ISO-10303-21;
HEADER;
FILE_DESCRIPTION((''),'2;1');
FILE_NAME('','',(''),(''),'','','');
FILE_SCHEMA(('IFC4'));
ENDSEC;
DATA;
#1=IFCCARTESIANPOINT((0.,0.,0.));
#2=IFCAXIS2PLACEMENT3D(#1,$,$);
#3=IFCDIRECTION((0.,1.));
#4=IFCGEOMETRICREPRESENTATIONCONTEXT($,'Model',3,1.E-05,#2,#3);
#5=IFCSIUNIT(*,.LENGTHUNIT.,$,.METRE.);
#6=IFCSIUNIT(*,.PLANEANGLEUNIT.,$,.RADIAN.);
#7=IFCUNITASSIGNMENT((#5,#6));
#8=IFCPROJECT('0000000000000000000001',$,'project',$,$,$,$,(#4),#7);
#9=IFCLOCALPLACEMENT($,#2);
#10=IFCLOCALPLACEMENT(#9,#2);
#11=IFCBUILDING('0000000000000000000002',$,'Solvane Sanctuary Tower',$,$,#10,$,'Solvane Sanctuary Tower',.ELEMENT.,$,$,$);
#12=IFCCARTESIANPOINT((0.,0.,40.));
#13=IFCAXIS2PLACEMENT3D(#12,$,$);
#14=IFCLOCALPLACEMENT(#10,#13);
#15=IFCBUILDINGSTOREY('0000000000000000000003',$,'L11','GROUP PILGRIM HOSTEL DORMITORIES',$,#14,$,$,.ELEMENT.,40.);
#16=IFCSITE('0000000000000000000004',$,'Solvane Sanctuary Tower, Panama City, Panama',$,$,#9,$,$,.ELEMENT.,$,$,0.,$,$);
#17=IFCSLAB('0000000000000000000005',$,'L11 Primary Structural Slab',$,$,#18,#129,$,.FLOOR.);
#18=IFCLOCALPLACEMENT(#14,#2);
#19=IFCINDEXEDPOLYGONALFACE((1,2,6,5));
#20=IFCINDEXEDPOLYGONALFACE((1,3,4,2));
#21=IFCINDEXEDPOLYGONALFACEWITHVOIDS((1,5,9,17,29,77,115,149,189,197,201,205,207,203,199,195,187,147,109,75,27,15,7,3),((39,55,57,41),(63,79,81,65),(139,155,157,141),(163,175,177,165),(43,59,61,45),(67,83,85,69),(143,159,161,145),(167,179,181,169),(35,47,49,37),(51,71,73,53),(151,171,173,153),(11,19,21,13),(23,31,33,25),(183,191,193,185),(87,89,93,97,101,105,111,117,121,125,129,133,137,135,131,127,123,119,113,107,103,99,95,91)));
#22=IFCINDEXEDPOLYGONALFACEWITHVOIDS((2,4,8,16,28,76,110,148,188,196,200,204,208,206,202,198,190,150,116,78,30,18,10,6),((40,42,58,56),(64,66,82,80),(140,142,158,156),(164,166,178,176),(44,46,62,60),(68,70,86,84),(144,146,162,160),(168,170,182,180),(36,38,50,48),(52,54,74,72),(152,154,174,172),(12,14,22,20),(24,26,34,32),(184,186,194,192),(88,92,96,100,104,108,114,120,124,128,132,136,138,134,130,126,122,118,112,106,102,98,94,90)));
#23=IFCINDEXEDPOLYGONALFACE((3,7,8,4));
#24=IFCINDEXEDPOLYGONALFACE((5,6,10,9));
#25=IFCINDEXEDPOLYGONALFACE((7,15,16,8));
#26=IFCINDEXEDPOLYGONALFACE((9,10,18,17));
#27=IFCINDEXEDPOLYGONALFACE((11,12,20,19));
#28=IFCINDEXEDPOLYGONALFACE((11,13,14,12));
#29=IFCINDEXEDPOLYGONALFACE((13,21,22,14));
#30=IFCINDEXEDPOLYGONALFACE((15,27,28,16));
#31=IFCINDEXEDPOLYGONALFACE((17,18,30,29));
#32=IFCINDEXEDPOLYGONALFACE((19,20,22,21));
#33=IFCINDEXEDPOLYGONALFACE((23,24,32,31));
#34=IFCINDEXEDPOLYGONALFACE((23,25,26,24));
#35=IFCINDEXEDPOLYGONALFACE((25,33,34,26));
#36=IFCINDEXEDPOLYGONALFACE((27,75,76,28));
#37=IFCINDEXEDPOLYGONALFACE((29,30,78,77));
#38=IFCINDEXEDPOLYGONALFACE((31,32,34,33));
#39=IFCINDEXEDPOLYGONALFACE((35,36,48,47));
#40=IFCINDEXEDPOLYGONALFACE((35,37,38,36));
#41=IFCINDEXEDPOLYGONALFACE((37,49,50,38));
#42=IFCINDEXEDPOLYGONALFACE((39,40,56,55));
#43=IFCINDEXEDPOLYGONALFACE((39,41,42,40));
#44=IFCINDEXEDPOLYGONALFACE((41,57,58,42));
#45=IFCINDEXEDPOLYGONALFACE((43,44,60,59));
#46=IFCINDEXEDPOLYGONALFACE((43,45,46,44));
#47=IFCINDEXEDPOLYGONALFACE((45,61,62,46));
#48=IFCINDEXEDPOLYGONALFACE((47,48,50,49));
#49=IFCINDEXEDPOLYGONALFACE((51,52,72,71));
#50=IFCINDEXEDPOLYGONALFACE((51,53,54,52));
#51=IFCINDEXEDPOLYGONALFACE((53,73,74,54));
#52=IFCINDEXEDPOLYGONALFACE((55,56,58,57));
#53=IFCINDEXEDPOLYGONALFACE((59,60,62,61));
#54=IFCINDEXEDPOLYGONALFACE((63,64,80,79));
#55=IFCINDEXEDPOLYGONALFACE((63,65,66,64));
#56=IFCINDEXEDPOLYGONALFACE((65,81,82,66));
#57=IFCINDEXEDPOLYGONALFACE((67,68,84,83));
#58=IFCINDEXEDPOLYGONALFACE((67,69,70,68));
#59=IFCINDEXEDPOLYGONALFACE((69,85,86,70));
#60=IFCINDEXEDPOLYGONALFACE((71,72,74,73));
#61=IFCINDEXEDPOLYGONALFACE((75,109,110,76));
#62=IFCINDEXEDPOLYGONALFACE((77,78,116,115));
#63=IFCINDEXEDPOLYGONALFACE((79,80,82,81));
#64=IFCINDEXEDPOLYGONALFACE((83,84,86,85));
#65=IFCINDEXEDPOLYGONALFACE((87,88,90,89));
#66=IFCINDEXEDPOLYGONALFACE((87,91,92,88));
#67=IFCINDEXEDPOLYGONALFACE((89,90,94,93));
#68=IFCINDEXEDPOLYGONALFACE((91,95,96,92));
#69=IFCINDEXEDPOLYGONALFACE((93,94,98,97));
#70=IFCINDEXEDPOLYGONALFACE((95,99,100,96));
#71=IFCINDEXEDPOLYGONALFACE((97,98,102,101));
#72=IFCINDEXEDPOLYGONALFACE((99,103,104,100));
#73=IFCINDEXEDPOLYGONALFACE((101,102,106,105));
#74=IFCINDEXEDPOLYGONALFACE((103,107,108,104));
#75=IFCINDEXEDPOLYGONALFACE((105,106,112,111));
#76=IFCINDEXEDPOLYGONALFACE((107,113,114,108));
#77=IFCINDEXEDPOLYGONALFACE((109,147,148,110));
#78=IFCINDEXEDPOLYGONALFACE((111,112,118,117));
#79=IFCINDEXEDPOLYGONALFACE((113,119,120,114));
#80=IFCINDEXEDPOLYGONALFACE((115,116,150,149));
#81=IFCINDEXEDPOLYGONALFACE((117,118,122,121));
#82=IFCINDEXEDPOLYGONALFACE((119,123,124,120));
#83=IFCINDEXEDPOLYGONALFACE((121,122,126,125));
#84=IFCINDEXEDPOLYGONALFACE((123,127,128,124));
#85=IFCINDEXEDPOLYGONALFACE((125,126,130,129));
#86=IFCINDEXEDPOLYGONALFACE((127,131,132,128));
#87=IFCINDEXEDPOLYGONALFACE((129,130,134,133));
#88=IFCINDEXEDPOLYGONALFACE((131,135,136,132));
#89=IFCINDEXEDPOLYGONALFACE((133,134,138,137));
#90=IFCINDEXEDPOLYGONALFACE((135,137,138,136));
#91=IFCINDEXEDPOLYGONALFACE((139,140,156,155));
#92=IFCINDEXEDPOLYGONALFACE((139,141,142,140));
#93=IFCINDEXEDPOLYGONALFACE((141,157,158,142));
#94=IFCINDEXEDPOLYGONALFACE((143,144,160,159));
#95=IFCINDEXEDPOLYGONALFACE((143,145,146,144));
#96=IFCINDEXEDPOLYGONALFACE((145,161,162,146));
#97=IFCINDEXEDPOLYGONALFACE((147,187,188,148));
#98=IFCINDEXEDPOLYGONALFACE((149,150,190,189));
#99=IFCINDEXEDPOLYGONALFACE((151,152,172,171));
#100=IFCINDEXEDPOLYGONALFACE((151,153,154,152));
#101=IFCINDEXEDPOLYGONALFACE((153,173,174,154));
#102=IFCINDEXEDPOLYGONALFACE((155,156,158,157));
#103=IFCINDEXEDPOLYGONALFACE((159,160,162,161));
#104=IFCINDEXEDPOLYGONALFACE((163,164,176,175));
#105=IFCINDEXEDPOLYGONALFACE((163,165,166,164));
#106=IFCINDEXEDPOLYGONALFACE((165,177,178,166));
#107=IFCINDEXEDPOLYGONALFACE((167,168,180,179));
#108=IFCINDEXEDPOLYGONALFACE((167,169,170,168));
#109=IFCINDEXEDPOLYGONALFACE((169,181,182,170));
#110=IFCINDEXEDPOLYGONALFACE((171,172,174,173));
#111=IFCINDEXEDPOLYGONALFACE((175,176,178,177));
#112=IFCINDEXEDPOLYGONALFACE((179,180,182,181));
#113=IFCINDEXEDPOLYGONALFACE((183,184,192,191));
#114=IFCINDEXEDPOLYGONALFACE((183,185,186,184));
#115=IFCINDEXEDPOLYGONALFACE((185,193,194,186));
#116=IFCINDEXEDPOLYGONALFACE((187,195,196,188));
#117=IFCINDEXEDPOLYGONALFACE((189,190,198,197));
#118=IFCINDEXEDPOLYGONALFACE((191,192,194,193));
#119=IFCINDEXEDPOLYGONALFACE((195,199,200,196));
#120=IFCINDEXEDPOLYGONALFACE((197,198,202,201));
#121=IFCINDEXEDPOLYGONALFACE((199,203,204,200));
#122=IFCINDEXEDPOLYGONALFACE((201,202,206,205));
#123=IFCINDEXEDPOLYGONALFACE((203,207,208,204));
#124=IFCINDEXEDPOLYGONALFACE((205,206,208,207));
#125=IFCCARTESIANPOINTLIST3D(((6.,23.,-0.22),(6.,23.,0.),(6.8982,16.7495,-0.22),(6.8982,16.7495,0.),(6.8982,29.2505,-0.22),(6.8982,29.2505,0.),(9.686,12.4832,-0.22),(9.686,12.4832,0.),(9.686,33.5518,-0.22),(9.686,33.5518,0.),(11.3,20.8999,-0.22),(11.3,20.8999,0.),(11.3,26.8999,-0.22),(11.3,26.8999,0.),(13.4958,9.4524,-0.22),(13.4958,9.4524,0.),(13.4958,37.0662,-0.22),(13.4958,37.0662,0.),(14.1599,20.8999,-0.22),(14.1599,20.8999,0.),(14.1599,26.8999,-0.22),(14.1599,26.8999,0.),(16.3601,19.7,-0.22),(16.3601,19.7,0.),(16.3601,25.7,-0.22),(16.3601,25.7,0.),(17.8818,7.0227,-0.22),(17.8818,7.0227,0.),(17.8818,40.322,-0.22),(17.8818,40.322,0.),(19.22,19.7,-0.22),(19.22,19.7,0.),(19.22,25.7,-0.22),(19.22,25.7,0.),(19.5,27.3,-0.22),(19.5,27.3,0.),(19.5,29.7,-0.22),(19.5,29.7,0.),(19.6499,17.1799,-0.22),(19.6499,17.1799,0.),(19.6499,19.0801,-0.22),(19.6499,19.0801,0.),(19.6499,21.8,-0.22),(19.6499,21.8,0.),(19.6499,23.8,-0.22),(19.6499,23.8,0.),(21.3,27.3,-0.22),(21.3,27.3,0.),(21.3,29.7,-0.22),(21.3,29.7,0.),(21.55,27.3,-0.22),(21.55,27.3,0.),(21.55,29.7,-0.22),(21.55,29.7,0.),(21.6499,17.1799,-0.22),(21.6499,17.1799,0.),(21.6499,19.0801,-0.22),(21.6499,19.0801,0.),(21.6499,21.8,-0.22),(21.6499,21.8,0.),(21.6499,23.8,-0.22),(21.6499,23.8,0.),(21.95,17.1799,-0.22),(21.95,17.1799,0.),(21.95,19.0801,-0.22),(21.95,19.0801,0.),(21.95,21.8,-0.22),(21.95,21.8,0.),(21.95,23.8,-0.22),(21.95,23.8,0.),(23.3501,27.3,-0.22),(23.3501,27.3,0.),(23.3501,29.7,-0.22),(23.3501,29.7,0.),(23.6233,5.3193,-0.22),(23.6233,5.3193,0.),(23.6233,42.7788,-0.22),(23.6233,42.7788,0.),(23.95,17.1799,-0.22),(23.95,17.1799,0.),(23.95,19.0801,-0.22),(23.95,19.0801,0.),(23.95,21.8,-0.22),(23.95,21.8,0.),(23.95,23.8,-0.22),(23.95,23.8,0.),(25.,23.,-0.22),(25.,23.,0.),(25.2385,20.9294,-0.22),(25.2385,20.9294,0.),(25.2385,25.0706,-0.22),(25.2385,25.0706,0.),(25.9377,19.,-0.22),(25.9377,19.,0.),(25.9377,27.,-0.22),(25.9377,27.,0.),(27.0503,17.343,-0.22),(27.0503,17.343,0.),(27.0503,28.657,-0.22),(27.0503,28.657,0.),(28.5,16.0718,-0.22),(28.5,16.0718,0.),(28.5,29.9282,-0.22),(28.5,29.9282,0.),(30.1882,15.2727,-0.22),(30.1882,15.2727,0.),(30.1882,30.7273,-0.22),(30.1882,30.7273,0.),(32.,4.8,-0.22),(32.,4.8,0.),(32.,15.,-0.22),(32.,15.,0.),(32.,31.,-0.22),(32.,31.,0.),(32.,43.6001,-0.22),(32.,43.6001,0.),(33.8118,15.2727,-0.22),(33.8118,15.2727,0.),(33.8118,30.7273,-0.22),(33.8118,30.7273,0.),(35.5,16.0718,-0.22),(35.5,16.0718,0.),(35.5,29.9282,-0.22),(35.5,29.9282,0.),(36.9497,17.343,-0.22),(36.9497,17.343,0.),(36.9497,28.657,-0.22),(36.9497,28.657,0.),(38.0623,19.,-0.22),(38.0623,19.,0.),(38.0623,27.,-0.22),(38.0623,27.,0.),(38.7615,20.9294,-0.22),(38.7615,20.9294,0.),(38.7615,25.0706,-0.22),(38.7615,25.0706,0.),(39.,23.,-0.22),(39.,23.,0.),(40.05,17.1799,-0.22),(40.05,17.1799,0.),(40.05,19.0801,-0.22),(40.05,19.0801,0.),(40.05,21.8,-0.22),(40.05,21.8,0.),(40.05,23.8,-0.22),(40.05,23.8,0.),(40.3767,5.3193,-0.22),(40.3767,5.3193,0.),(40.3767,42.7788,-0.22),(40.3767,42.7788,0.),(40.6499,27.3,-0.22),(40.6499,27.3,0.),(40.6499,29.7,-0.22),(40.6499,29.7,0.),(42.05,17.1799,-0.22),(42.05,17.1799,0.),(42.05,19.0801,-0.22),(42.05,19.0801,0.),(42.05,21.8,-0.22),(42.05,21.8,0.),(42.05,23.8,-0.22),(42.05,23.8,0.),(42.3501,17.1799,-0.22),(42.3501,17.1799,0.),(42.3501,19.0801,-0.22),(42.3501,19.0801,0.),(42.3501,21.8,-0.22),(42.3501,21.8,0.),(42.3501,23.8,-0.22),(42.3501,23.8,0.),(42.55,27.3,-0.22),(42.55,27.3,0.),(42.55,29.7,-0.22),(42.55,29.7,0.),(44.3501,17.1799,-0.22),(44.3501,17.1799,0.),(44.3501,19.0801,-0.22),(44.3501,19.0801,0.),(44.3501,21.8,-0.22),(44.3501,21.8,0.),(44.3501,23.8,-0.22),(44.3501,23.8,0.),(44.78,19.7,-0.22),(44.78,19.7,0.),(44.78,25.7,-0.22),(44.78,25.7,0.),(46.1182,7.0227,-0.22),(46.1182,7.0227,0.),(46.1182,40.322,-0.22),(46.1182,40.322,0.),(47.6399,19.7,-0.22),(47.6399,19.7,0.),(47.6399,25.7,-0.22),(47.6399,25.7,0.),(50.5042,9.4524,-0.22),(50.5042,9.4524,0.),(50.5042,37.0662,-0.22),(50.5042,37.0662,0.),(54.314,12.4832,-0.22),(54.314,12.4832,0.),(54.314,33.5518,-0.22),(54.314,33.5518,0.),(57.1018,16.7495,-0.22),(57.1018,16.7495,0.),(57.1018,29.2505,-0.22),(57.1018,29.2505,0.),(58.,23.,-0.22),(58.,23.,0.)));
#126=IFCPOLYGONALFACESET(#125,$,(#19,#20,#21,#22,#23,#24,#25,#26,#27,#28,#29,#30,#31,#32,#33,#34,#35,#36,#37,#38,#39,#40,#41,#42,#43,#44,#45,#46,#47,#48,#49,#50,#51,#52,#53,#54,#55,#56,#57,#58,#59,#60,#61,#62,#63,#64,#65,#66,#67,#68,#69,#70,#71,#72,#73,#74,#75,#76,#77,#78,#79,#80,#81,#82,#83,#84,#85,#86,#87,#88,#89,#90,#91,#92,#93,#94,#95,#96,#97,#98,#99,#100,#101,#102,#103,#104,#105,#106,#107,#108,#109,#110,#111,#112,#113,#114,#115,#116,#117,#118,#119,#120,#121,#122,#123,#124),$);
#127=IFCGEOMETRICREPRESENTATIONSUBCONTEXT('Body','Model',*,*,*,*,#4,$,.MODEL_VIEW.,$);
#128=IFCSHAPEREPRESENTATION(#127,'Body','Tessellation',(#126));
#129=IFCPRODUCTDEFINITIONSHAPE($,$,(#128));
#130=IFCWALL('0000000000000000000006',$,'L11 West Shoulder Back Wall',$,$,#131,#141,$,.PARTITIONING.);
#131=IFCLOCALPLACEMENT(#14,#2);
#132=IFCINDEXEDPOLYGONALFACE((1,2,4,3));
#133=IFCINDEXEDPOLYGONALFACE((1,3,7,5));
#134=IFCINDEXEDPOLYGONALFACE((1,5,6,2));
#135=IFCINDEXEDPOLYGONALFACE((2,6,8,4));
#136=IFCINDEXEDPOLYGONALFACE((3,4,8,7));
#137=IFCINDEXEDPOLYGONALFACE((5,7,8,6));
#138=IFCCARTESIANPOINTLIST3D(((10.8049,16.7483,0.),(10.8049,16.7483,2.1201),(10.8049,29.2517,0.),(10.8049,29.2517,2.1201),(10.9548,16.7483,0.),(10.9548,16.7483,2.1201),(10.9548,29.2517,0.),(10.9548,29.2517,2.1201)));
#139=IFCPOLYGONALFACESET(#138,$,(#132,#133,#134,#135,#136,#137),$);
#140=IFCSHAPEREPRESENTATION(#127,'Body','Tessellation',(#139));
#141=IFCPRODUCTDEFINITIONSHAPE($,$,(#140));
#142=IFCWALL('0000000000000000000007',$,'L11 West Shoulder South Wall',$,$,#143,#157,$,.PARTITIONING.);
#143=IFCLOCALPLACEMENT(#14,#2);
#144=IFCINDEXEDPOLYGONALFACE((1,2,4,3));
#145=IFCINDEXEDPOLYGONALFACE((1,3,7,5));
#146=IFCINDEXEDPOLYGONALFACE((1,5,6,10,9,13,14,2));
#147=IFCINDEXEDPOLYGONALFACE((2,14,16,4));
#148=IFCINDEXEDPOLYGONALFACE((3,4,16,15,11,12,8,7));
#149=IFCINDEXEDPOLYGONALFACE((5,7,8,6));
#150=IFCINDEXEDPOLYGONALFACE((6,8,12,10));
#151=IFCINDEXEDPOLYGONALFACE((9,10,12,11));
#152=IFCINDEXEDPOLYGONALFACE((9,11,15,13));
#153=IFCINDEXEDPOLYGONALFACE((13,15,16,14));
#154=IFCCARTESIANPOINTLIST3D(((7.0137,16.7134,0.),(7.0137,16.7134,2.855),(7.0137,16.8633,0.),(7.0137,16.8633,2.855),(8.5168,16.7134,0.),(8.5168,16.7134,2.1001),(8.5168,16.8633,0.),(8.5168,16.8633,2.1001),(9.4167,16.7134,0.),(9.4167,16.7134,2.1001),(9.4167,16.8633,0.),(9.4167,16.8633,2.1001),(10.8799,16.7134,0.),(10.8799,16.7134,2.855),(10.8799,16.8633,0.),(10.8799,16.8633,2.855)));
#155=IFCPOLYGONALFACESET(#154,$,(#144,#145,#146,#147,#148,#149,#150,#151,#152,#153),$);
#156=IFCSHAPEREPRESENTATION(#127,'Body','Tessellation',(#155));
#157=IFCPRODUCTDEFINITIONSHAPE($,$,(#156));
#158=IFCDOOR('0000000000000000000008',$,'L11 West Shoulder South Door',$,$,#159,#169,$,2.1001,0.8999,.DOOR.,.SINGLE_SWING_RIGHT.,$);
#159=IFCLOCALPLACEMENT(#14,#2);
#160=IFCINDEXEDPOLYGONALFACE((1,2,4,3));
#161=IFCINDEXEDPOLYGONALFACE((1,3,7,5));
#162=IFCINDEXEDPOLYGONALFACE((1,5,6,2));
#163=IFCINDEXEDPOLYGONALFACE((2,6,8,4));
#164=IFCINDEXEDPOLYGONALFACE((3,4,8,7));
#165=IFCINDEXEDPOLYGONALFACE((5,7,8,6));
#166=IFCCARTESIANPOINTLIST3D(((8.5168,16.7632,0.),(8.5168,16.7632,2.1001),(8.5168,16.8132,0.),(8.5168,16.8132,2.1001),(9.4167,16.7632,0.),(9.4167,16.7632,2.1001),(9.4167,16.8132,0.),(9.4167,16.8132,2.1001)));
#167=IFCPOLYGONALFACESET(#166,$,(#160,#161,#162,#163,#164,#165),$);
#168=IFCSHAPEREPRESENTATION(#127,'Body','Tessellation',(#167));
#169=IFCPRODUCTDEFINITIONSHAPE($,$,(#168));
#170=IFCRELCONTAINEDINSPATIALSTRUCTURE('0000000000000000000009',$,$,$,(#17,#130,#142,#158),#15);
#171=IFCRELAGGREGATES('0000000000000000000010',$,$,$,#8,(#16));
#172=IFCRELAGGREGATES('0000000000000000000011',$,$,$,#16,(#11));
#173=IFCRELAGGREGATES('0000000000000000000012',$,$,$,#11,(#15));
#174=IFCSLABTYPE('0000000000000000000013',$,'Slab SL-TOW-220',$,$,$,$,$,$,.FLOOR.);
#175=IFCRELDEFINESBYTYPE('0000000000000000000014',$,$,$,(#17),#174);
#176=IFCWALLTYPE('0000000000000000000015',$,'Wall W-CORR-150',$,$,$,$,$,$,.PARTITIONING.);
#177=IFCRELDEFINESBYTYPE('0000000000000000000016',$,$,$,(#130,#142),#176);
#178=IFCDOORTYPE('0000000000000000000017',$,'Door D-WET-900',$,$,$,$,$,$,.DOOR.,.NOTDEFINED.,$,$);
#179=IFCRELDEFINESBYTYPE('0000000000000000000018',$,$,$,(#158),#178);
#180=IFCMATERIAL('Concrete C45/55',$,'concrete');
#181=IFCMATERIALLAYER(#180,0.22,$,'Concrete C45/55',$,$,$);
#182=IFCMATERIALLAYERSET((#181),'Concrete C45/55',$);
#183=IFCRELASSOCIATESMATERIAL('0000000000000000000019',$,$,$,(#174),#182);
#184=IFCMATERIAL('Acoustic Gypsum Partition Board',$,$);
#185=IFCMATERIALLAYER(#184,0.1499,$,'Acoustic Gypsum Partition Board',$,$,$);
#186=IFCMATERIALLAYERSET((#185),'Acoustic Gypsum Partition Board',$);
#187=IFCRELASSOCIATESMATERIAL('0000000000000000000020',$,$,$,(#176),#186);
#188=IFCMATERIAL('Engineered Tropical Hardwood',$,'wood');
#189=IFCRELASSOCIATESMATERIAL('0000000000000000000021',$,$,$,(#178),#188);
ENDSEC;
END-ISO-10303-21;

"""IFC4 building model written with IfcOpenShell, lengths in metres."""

from ifc_helpers import new_model, si_unit, direction, frame, frame_2d, origin, place, context, subcontext, project, spatial, polyline, rectangle, outline, extrude, material, layer, layer_set, type_object, element, fill, save


model = new_model("IFC4")

# Units and contexts
model_context = context("Model", 3, precision=1e-05, world=origin(), true_north=direction((0.0, 1.0)))
body_context = subcontext(model_context, "Body", "Model", "MODEL_VIEW")
ifc_project = project(units=[si_unit("LENGTHUNIT", "METRE"), si_unit("PLANEANGLEUNIT", "RADIAN")], contexts=[model_context])

# Site, building, storey
site_placement = place(None, origin())
site = spatial("IfcSite", under=ifc_project, at=site_placement, Name="Solvane Sanctuary Tower, Panama City, Panama", CompositionType="ELEMENT", RefElevation=0.0)
building_placement = place(site_placement, origin())
building = spatial("IfcBuilding", under=site, at=building_placement, Name="Solvane Sanctuary Tower", LongName="Solvane Sanctuary Tower", CompositionType="ELEMENT")
storey_placement = place(building_placement, frame((0.0, 0.0, 40.0)))
storey = spatial("IfcBuildingStorey", under=building, at=storey_placement, Name="L11", Description="GROUP PILGRIM HOSTEL DORMITORIES", CompositionType="ELEMENT", Elevation=40.0)

# Shared definitions
ifc_material_1 = material(Name="Concrete C45/55", Category="concrete")

# Slab
ifc_layer_1 = layer(ifc_material_1, 0.22, Name="Concrete C45/55")
ifc_layer_set_1 = layer_set([ifc_layer_1], Name="Concrete C45/55")
slab_type_1 = type_object("IfcSlabType", Name="Slab SL-TOW-220", PredefinedType="FLOOR", material=ifc_layer_set_1)
slab_1_placement = place(storey_placement, frame((0.0, 0.0, -0.22)))
element("IfcSlab", 1, at=slab_1_placement, inside=storey, type_object=slab_type_1, Name="L11 Primary Structural Slab", PredefinedType="FLOOR", context=body_context, shape_type="SweptSolid", body=[
    extrude(outline(polyline([(58.0, 23.0), (57.1018, 29.2505), (54.314, 33.5518), (50.5042, 37.0662), (46.1182, 40.322), (40.3767, 42.7788), (32.0, 43.6001), (23.6233, 42.7788), (17.8818, 40.322), (13.4958, 37.0662), (9.686, 33.5518), (6.8982, 29.2505), (6.0, 23.0), (6.8982, 16.7495), (9.686, 12.4832), (13.4958, 9.4524), (17.8818, 7.0227), (23.6233, 5.3193), (32.0, 4.8), (40.3767, 5.3193), (46.1182, 7.0227), (50.5042, 9.4524), (54.314, 12.4832), (57.1018, 16.7495), (58.0, 23.0)]), holes=[polyline([(38.7615, 20.9294), (38.0623, 19.0), (36.9497, 17.343), (35.5, 16.0718), (33.8118, 15.2727), (32.0, 15.0), (30.1882, 15.2727), (28.5, 16.0718), (27.0503, 17.343), (25.9377, 19.0), (25.2385, 20.9294), (25.0, 23.0), (25.2385, 25.0706), (25.9377, 27.0), (27.0503, 28.657), (28.5, 29.9282), (30.1882, 30.7273), (32.0, 31.0), (33.8118, 30.7273), (35.5, 29.9282), (36.9497, 28.657), (38.0623, 27.0), (38.7615, 25.0706), (39.0, 23.0), (38.7615, 20.9294)]), polyline([(16.3601, 19.7), (16.3601, 25.7), (19.22, 25.7), (19.22, 19.7), (16.3601, 19.7)]), polyline([(44.78, 19.7), (44.78, 25.7), (47.6399, 25.7), (47.6399, 19.7), (44.78, 19.7)]), polyline([(11.3, 20.8999), (11.3, 26.8999), (14.1599, 26.8999), (14.1599, 20.8999), (11.3, 20.8999)]), polyline([(19.6499, 19.0801), (21.6499, 19.0801), (21.6499, 17.1799), (19.6499, 17.1799), (19.6499, 19.0801)]), polyline([(21.95, 19.0801), (23.95, 19.0801), (23.95, 17.1799), (21.95, 17.1799), (21.95, 19.0801)]), polyline([(40.05, 19.0801), (42.05, 19.0801), (42.05, 17.1799), (40.05, 17.1799), (40.05, 19.0801)]), polyline([(42.3501, 19.0801), (44.3501, 19.0801), (44.3501, 17.1799), (42.3501, 17.1799), (42.3501, 19.0801)]), polyline([(19.6499, 23.8), (21.6499, 23.8), (21.6499, 21.8), (19.6499, 21.8), (19.6499, 23.8)]), polyline([(42.3501, 23.8), (44.3501, 23.8), (44.3501, 21.8), (42.3501, 21.8), (42.3501, 23.8)]), polyline([(21.95, 23.8), (23.95, 23.8), (23.95, 21.8), (21.95, 21.8), (21.95, 23.8)]), polyline([(40.05, 23.8), (42.05, 23.8), (42.05, 21.8), (40.05, 21.8), (40.05, 23.8)]), polyline([(19.5, 29.7), (21.3, 29.7), (21.3, 27.3), (19.5, 27.3), (19.5, 29.7)]), polyline([(21.55, 29.7), (23.3501, 29.7), (23.3501, 27.3), (21.55, 27.3), (21.55, 29.7)]), polyline([(40.6499, 29.7), (42.55, 29.7), (42.55, 27.3), (40.6499, 27.3), (40.6499, 29.7)])]), origin(), (0.0, 0.0, 1.0), 0.22),
])

# Wall
ifc_material_2 = material(Name="Acoustic Gypsum Partition Board")
ifc_layer_2 = layer(ifc_material_2, 0.1499, Name="Acoustic Gypsum Partition Board")
ifc_layer_set_2 = layer_set([ifc_layer_2], Name="Acoustic Gypsum Partition Board")
wall_type_1 = type_object("IfcWallType", Name="Wall W-CORR-150", PredefinedType="PARTITIONING", material=ifc_layer_set_2)
wall_1_placement = place(storey_placement, frame((10.8799, 16.7483, 0.0), z_axis=(0.0, 0.0, 1.0), x_axis=(0.0, 1.0, 0.0)))
element("IfcWall", 2, at=wall_1_placement, inside=storey, type_object=wall_type_1, Name="L11 West Shoulder Back Wall", PredefinedType="PARTITIONING", context=body_context, shape_type="SweptSolid", body=[
    extrude(rectangle(XDim=12.5034, YDim=0.1499, at=frame_2d((6.2517, 0.0))), origin(), (0.0, 0.0, 1.0), 2.1201),
])

# Wall, opening, door
wall_2_placement = place(storey_placement, frame((7.0137, 16.7883, 0.0), z_axis=(0.0, 0.0, 1.0), x_axis=(1.0, 0.0, 0.0)))
wall_2 = element("IfcWall", 3, at=wall_2_placement, inside=storey, type_object=wall_type_1, Name="L11 West Shoulder South Wall", PredefinedType="PARTITIONING", context=body_context, shape_type="SweptSolid", body=[
    extrude(rectangle(XDim=3.8662, YDim=0.1499, at=frame_2d((1.9331, 0.0))), origin(), (0.0, 0.0, 1.0), 2.855),
])
opening_1_placement = place(wall_2_placement, frame((1.5032, 0.0, 0.0)))
opening_1 = element("IfcOpeningElement", 4, at=opening_1_placement, cuts=wall_2, PredefinedType="OPENING", context=body_context, shape_type="SweptSolid", body=[
    extrude(rectangle(XDim=0.8999, YDim=2.1001, at=frame_2d((0.45, 1.05))), frame((0.0, 0.085, 0.0), z_axis=(0.0, -1.0, 0.0), x_axis=(1.0, 0.0, 0.0)), (0.0, 0.0, 1.0), 0.1699),
])
ifc_material_3 = material(Name="Engineered Tropical Hardwood", Category="wood")
door_type_1 = type_object("IfcDoorType", Name="Door D-WET-900", OperationType="NOTDEFINED", PredefinedType="DOOR", material=ifc_material_3)
door_1_placement = place(opening_1_placement, origin())
door_1 = element("IfcDoor", 5, at=door_1_placement, inside=storey, type_object=door_type_1, Name="L11 West Shoulder South Door", OperationType="SINGLE_SWING_RIGHT", OverallHeight=2.1001, OverallWidth=0.8999, PredefinedType="DOOR", context=body_context, shape_type="SweptSolid", body=[
    extrude(rectangle(XDim=0.8999, YDim=2.1001, at=frame_2d((0.45, 1.05))), frame((0.0, 0.0249, 0.0), z_axis=(0.0, -1.0, 0.0), x_axis=(1.0, 0.0, 0.0)), (0.0, 0.0, 1.0), 0.05),
])
fill(opening_1, door_1)

save(model, "model.ifc")
